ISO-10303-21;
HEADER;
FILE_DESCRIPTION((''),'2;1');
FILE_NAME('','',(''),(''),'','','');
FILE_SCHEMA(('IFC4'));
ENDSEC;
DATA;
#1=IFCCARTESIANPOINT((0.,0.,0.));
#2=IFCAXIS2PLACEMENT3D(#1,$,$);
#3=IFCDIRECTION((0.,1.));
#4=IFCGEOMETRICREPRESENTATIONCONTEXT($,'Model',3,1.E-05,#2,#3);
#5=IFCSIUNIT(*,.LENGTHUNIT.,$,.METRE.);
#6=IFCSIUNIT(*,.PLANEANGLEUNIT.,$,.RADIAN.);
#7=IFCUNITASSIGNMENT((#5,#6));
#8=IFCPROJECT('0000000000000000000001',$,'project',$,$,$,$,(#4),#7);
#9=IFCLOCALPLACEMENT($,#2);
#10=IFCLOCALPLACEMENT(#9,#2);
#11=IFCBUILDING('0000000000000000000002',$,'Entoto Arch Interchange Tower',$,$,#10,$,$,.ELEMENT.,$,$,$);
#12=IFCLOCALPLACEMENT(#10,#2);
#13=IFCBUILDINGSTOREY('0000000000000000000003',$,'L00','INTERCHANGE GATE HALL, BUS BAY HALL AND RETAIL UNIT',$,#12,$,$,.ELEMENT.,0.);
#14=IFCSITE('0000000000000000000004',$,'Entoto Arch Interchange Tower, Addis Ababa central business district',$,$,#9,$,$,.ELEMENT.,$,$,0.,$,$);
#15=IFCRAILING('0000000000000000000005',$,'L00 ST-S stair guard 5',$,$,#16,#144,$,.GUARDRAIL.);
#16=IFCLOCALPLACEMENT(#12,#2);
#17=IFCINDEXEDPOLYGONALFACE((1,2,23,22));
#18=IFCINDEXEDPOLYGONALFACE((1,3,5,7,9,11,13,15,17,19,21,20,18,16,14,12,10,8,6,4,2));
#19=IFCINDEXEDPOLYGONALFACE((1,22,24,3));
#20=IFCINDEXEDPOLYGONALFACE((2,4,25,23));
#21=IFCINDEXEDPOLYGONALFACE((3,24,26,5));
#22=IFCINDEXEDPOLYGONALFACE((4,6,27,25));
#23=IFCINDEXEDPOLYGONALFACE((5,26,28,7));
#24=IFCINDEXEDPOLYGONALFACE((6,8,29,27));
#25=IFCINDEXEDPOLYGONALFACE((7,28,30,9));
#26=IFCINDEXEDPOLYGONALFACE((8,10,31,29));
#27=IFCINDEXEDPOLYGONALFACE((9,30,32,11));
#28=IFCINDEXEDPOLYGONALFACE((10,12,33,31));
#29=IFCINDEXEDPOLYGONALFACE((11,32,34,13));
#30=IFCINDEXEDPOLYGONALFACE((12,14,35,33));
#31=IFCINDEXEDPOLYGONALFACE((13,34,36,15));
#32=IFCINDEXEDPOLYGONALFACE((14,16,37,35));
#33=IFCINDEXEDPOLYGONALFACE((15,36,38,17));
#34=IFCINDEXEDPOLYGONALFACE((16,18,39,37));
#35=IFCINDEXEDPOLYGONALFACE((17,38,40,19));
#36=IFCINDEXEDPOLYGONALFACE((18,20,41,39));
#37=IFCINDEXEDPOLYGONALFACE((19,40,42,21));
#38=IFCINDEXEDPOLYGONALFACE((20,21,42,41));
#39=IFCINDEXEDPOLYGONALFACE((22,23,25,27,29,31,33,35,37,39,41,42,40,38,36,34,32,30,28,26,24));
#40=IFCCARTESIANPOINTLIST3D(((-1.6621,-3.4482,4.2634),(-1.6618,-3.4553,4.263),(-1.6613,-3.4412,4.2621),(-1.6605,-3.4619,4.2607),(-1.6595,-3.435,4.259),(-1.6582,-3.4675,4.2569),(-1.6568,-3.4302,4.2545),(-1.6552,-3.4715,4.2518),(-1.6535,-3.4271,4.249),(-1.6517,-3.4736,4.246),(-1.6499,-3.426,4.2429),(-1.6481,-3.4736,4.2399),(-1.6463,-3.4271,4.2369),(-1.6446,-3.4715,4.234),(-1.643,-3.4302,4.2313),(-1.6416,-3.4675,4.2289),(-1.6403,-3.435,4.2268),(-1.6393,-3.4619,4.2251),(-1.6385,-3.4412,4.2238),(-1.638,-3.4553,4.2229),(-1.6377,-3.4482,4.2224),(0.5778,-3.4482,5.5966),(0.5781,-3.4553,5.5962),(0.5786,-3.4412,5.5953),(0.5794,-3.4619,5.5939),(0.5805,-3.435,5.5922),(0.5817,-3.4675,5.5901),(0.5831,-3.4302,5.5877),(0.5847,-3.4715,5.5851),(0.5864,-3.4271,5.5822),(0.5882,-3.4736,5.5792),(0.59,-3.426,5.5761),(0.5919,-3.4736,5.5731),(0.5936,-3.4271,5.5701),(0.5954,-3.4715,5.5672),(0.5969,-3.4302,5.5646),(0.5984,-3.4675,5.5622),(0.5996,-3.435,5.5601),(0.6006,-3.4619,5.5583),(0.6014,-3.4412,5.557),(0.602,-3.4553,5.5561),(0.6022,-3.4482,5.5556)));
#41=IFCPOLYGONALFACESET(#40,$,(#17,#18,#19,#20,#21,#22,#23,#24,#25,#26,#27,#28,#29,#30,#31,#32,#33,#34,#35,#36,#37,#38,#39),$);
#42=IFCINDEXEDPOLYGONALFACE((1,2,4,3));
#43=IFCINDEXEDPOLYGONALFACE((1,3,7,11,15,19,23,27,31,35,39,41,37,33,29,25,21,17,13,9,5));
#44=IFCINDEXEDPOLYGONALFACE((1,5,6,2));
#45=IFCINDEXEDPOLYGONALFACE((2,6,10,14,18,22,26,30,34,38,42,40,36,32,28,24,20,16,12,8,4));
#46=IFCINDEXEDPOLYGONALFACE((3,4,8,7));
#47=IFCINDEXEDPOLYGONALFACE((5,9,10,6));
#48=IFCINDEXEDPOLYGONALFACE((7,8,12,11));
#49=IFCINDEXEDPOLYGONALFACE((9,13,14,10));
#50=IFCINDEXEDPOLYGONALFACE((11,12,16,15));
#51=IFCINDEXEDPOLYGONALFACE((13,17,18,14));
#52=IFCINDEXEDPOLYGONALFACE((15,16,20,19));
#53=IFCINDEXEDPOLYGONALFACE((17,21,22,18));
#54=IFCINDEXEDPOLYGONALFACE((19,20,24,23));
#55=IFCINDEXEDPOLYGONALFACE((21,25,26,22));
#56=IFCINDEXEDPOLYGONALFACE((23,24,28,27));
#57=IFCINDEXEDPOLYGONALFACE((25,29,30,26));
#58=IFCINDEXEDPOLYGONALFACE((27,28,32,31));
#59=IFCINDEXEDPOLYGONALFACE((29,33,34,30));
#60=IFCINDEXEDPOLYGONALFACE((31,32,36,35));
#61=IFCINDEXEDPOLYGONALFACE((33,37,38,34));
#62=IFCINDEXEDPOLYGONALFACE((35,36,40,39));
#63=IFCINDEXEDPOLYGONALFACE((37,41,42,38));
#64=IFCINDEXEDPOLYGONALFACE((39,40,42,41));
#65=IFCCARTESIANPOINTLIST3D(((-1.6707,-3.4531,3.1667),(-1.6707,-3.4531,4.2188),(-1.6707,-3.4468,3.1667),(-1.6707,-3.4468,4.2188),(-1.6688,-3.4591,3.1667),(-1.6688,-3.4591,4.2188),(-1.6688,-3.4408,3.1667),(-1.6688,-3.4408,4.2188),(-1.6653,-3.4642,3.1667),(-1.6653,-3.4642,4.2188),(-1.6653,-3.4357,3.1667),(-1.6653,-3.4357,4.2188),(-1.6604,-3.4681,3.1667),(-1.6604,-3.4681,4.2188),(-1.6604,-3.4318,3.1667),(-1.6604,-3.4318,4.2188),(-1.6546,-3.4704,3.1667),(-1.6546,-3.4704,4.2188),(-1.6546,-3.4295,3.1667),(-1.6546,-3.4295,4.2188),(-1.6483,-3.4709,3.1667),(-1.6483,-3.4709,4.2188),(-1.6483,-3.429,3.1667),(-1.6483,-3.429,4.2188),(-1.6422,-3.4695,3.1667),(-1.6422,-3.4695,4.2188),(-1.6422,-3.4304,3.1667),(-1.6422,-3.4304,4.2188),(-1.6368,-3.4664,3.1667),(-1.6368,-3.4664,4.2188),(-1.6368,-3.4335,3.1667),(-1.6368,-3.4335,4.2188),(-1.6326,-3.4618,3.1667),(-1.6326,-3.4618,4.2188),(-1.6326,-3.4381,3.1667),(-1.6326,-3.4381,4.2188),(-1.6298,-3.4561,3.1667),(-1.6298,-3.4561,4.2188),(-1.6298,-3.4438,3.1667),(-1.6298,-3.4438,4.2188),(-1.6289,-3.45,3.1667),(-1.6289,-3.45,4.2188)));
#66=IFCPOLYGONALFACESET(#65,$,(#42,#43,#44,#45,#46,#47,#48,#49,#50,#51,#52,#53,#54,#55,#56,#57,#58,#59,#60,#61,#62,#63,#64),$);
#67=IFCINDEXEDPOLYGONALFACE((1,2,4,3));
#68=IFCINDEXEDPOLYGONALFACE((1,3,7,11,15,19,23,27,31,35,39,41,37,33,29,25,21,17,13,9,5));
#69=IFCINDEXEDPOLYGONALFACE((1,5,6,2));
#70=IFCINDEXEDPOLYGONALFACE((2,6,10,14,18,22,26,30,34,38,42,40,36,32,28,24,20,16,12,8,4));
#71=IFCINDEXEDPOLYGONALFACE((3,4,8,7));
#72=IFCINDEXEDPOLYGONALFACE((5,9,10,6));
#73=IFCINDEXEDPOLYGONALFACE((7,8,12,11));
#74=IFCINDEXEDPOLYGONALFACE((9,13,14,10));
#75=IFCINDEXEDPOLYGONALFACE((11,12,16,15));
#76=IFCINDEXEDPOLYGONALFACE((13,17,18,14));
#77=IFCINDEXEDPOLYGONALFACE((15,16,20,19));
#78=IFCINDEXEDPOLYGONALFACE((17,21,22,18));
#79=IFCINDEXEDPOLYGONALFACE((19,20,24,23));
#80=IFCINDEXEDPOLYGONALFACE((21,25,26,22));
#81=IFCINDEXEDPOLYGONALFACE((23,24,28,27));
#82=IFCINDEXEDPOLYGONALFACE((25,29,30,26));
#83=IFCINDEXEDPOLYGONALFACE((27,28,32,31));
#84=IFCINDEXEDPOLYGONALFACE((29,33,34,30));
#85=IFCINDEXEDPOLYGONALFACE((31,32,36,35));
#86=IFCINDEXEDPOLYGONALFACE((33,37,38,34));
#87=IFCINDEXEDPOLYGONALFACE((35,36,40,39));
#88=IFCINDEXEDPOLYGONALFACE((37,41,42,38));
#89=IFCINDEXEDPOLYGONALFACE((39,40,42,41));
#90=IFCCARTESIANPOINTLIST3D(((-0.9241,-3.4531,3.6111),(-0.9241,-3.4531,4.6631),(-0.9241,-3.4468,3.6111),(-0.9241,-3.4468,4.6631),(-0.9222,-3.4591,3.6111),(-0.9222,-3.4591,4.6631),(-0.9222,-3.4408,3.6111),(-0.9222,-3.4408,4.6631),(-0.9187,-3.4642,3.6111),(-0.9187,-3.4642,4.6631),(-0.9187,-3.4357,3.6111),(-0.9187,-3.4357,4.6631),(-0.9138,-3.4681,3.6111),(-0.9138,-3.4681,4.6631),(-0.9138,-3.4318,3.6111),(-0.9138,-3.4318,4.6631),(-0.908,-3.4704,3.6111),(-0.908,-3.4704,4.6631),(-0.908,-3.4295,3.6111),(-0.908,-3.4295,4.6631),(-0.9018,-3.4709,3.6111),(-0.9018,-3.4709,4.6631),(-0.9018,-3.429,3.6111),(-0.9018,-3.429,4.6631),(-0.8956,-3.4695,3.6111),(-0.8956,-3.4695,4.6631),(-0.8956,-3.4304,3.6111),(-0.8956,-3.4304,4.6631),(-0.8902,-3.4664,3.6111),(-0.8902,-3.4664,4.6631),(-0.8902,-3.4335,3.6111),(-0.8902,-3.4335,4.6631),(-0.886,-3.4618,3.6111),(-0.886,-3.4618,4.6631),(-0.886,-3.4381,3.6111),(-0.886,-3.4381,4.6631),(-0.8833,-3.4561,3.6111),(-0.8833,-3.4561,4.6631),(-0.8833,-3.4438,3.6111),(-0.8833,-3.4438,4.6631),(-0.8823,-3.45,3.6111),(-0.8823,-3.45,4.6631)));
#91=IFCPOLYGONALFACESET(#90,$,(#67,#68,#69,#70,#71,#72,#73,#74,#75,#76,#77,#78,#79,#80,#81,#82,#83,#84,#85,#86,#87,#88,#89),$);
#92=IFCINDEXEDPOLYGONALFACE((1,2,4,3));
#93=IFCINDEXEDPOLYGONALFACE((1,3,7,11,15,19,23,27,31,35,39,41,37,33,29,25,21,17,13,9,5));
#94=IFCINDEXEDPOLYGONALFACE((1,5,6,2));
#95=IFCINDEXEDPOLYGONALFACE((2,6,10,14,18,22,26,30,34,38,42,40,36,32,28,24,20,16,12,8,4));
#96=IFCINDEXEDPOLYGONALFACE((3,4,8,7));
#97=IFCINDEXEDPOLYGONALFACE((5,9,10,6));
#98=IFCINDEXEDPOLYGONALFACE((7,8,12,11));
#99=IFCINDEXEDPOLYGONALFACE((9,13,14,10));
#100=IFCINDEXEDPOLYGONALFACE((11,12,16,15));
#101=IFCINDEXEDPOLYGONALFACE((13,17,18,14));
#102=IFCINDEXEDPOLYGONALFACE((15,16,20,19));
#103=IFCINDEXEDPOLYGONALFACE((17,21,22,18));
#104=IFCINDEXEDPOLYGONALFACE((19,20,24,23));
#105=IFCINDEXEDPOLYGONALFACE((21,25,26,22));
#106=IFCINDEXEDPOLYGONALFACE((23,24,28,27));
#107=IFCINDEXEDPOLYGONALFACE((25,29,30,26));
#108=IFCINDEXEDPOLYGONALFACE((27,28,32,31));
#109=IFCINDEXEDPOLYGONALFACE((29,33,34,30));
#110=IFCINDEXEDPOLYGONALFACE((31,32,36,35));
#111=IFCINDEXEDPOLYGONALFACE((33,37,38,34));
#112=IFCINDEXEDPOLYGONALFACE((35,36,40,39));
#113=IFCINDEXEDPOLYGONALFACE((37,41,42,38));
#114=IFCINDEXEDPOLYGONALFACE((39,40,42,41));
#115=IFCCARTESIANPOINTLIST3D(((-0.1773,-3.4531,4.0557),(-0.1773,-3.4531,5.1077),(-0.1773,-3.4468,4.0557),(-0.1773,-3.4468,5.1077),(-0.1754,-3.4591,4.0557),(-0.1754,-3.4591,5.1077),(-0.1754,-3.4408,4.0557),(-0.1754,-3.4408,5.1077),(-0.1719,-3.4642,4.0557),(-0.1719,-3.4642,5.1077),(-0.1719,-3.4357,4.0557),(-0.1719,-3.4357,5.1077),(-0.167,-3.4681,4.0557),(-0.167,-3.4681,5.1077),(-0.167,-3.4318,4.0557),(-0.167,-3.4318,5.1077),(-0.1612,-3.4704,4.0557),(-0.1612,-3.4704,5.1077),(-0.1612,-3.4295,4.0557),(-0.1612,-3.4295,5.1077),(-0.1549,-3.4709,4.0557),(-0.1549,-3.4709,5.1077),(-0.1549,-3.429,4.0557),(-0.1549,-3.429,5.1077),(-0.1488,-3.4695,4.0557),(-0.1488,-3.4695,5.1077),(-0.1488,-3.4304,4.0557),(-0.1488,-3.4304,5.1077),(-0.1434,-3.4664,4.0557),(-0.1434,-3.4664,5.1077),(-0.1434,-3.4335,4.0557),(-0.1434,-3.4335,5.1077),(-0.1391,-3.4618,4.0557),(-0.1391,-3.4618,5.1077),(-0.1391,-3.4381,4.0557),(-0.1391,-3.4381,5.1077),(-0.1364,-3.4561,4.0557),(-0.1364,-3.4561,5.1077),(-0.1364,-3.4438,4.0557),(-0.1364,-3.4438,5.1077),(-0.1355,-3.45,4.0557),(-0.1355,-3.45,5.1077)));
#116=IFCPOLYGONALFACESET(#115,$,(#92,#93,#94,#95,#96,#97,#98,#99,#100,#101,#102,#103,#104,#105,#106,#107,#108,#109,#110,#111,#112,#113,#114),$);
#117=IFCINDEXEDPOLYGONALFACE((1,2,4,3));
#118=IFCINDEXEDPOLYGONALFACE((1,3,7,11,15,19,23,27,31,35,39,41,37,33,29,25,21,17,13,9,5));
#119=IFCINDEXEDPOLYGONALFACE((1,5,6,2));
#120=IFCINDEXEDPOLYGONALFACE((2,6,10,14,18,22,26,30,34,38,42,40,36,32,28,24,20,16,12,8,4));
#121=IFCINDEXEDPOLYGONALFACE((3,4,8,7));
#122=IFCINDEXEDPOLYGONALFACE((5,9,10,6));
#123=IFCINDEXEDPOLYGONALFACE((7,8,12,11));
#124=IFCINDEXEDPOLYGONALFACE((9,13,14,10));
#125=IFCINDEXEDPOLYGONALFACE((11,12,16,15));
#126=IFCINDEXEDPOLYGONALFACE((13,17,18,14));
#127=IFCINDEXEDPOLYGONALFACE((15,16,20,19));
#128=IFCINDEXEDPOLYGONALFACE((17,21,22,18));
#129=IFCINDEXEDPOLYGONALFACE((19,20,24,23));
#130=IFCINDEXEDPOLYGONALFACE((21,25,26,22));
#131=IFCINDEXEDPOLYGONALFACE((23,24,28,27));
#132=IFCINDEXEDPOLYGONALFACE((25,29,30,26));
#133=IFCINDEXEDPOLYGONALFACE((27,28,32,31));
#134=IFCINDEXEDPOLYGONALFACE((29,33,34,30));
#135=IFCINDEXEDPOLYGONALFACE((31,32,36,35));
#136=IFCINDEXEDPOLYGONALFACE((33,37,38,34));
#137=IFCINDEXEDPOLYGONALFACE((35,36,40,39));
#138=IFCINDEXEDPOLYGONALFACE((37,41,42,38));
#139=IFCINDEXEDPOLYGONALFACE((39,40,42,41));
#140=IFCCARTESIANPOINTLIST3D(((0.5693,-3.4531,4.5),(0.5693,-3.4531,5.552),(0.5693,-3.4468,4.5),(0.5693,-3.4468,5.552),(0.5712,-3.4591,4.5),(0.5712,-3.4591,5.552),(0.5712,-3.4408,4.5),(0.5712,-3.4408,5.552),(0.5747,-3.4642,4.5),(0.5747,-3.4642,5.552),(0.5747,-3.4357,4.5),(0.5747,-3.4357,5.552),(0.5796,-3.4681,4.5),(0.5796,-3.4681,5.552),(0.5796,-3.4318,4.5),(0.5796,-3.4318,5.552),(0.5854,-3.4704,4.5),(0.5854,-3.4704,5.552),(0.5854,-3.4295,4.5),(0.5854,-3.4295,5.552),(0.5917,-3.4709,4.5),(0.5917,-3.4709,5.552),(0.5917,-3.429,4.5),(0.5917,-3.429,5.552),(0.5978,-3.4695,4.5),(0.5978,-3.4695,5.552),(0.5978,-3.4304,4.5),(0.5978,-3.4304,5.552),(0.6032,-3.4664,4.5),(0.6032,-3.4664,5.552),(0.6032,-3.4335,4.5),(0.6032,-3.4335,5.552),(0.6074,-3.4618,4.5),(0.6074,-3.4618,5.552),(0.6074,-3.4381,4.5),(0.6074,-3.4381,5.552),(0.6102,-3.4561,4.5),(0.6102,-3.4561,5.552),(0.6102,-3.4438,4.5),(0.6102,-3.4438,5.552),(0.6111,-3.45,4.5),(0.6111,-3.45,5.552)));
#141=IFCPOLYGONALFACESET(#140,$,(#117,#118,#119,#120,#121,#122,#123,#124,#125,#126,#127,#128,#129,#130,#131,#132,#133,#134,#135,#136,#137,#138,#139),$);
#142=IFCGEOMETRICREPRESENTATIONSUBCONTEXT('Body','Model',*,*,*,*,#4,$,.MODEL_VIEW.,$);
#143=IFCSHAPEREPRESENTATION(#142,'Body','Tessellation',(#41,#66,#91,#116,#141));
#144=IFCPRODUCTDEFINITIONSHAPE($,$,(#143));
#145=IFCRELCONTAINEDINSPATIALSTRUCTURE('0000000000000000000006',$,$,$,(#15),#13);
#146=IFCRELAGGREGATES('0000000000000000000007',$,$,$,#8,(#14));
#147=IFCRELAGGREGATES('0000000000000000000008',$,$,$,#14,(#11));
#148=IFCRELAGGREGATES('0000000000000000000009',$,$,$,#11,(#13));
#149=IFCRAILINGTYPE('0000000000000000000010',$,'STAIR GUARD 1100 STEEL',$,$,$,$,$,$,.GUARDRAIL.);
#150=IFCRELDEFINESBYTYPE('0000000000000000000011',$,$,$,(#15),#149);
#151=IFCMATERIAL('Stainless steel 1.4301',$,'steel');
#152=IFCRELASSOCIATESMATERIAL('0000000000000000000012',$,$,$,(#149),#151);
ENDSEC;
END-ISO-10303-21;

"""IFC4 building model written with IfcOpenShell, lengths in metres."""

from ifc_helpers import new_model, si_unit, direction, frame, origin, origin_2d, place, context, subcontext, project, spatial, circle, extrude, material, type_object, element, save


model = new_model("IFC4")

# Units and contexts
model_context = context("Model", 3, precision=1e-05, world=origin(), true_north=direction((0.0, 1.0)))
body_context = subcontext(model_context, "Body", "Model", "MODEL_VIEW")
ifc_project = project(units=[si_unit("LENGTHUNIT", "METRE"), si_unit("PLANEANGLEUNIT", "RADIAN")], contexts=[model_context])

# Site, building, storey
site_placement = place(None, origin())
site = spatial("IfcSite", under=ifc_project, at=site_placement, Name="Entoto Arch Interchange Tower, Addis Ababa central business district", CompositionType="ELEMENT", RefElevation=0.0)
building_placement = place(site_placement, origin())
building = spatial("IfcBuilding", under=site, at=building_placement, Name="Entoto Arch Interchange Tower", CompositionType="ELEMENT")
storey_placement = place(building_placement, origin())
storey = spatial("IfcBuildingStorey", under=building, at=storey_placement, Name="L00", Description="INTERCHANGE GATE HALL, BUS BAY HALL AND RETAIL UNIT", CompositionType="ELEMENT", Elevation=0.0)

# Railing
ifc_material_1 = material(Name="Stainless steel 1.4301", Category="steel")
railing_type_1 = type_object("IfcRailingType", Name="STAIR GUARD 1100 STEEL", PredefinedType="GUARDRAIL", material=ifc_material_1)
railing_1_placement = place(storey_placement, frame((-1.6499, -3.45, 3.1667)))
element("IfcRailing", 1, at=railing_1_placement, inside=storey, type_object=railing_type_1, Name="L00 ST-S stair guard 5", PredefinedType="GUARDRAIL", context=body_context, shape_type="SweptSolid", body=[
    extrude(circle(Radius=0.0239, at=origin_2d()), frame((0.0, 0.0, 1.0762), z_axis=(0.859306, 0.0, 0.511462), x_axis=(0.0, 1.0, 0.0)), (0.0, 0.0, 1.0), 2.6067),
    extrude(circle(Radius=0.021, at=origin_2d()), origin(), (0.0, 0.0, 1.0), 1.052),
    extrude(circle(Radius=0.021, at=origin_2d()), frame((0.7466, 0.0, 0.4443)), (0.0, 0.0, 1.0), 1.052),
    extrude(circle(Radius=0.021, at=origin_2d()), frame((1.4934, 0.0, 0.8889)), (0.0, 0.0, 1.0), 1.052),
    extrude(circle(Radius=0.021, at=origin_2d()), frame((2.24, 0.0, 1.3333)), (0.0, 0.0, 1.0), 1.052),
])

save(model, "model.ifc")
